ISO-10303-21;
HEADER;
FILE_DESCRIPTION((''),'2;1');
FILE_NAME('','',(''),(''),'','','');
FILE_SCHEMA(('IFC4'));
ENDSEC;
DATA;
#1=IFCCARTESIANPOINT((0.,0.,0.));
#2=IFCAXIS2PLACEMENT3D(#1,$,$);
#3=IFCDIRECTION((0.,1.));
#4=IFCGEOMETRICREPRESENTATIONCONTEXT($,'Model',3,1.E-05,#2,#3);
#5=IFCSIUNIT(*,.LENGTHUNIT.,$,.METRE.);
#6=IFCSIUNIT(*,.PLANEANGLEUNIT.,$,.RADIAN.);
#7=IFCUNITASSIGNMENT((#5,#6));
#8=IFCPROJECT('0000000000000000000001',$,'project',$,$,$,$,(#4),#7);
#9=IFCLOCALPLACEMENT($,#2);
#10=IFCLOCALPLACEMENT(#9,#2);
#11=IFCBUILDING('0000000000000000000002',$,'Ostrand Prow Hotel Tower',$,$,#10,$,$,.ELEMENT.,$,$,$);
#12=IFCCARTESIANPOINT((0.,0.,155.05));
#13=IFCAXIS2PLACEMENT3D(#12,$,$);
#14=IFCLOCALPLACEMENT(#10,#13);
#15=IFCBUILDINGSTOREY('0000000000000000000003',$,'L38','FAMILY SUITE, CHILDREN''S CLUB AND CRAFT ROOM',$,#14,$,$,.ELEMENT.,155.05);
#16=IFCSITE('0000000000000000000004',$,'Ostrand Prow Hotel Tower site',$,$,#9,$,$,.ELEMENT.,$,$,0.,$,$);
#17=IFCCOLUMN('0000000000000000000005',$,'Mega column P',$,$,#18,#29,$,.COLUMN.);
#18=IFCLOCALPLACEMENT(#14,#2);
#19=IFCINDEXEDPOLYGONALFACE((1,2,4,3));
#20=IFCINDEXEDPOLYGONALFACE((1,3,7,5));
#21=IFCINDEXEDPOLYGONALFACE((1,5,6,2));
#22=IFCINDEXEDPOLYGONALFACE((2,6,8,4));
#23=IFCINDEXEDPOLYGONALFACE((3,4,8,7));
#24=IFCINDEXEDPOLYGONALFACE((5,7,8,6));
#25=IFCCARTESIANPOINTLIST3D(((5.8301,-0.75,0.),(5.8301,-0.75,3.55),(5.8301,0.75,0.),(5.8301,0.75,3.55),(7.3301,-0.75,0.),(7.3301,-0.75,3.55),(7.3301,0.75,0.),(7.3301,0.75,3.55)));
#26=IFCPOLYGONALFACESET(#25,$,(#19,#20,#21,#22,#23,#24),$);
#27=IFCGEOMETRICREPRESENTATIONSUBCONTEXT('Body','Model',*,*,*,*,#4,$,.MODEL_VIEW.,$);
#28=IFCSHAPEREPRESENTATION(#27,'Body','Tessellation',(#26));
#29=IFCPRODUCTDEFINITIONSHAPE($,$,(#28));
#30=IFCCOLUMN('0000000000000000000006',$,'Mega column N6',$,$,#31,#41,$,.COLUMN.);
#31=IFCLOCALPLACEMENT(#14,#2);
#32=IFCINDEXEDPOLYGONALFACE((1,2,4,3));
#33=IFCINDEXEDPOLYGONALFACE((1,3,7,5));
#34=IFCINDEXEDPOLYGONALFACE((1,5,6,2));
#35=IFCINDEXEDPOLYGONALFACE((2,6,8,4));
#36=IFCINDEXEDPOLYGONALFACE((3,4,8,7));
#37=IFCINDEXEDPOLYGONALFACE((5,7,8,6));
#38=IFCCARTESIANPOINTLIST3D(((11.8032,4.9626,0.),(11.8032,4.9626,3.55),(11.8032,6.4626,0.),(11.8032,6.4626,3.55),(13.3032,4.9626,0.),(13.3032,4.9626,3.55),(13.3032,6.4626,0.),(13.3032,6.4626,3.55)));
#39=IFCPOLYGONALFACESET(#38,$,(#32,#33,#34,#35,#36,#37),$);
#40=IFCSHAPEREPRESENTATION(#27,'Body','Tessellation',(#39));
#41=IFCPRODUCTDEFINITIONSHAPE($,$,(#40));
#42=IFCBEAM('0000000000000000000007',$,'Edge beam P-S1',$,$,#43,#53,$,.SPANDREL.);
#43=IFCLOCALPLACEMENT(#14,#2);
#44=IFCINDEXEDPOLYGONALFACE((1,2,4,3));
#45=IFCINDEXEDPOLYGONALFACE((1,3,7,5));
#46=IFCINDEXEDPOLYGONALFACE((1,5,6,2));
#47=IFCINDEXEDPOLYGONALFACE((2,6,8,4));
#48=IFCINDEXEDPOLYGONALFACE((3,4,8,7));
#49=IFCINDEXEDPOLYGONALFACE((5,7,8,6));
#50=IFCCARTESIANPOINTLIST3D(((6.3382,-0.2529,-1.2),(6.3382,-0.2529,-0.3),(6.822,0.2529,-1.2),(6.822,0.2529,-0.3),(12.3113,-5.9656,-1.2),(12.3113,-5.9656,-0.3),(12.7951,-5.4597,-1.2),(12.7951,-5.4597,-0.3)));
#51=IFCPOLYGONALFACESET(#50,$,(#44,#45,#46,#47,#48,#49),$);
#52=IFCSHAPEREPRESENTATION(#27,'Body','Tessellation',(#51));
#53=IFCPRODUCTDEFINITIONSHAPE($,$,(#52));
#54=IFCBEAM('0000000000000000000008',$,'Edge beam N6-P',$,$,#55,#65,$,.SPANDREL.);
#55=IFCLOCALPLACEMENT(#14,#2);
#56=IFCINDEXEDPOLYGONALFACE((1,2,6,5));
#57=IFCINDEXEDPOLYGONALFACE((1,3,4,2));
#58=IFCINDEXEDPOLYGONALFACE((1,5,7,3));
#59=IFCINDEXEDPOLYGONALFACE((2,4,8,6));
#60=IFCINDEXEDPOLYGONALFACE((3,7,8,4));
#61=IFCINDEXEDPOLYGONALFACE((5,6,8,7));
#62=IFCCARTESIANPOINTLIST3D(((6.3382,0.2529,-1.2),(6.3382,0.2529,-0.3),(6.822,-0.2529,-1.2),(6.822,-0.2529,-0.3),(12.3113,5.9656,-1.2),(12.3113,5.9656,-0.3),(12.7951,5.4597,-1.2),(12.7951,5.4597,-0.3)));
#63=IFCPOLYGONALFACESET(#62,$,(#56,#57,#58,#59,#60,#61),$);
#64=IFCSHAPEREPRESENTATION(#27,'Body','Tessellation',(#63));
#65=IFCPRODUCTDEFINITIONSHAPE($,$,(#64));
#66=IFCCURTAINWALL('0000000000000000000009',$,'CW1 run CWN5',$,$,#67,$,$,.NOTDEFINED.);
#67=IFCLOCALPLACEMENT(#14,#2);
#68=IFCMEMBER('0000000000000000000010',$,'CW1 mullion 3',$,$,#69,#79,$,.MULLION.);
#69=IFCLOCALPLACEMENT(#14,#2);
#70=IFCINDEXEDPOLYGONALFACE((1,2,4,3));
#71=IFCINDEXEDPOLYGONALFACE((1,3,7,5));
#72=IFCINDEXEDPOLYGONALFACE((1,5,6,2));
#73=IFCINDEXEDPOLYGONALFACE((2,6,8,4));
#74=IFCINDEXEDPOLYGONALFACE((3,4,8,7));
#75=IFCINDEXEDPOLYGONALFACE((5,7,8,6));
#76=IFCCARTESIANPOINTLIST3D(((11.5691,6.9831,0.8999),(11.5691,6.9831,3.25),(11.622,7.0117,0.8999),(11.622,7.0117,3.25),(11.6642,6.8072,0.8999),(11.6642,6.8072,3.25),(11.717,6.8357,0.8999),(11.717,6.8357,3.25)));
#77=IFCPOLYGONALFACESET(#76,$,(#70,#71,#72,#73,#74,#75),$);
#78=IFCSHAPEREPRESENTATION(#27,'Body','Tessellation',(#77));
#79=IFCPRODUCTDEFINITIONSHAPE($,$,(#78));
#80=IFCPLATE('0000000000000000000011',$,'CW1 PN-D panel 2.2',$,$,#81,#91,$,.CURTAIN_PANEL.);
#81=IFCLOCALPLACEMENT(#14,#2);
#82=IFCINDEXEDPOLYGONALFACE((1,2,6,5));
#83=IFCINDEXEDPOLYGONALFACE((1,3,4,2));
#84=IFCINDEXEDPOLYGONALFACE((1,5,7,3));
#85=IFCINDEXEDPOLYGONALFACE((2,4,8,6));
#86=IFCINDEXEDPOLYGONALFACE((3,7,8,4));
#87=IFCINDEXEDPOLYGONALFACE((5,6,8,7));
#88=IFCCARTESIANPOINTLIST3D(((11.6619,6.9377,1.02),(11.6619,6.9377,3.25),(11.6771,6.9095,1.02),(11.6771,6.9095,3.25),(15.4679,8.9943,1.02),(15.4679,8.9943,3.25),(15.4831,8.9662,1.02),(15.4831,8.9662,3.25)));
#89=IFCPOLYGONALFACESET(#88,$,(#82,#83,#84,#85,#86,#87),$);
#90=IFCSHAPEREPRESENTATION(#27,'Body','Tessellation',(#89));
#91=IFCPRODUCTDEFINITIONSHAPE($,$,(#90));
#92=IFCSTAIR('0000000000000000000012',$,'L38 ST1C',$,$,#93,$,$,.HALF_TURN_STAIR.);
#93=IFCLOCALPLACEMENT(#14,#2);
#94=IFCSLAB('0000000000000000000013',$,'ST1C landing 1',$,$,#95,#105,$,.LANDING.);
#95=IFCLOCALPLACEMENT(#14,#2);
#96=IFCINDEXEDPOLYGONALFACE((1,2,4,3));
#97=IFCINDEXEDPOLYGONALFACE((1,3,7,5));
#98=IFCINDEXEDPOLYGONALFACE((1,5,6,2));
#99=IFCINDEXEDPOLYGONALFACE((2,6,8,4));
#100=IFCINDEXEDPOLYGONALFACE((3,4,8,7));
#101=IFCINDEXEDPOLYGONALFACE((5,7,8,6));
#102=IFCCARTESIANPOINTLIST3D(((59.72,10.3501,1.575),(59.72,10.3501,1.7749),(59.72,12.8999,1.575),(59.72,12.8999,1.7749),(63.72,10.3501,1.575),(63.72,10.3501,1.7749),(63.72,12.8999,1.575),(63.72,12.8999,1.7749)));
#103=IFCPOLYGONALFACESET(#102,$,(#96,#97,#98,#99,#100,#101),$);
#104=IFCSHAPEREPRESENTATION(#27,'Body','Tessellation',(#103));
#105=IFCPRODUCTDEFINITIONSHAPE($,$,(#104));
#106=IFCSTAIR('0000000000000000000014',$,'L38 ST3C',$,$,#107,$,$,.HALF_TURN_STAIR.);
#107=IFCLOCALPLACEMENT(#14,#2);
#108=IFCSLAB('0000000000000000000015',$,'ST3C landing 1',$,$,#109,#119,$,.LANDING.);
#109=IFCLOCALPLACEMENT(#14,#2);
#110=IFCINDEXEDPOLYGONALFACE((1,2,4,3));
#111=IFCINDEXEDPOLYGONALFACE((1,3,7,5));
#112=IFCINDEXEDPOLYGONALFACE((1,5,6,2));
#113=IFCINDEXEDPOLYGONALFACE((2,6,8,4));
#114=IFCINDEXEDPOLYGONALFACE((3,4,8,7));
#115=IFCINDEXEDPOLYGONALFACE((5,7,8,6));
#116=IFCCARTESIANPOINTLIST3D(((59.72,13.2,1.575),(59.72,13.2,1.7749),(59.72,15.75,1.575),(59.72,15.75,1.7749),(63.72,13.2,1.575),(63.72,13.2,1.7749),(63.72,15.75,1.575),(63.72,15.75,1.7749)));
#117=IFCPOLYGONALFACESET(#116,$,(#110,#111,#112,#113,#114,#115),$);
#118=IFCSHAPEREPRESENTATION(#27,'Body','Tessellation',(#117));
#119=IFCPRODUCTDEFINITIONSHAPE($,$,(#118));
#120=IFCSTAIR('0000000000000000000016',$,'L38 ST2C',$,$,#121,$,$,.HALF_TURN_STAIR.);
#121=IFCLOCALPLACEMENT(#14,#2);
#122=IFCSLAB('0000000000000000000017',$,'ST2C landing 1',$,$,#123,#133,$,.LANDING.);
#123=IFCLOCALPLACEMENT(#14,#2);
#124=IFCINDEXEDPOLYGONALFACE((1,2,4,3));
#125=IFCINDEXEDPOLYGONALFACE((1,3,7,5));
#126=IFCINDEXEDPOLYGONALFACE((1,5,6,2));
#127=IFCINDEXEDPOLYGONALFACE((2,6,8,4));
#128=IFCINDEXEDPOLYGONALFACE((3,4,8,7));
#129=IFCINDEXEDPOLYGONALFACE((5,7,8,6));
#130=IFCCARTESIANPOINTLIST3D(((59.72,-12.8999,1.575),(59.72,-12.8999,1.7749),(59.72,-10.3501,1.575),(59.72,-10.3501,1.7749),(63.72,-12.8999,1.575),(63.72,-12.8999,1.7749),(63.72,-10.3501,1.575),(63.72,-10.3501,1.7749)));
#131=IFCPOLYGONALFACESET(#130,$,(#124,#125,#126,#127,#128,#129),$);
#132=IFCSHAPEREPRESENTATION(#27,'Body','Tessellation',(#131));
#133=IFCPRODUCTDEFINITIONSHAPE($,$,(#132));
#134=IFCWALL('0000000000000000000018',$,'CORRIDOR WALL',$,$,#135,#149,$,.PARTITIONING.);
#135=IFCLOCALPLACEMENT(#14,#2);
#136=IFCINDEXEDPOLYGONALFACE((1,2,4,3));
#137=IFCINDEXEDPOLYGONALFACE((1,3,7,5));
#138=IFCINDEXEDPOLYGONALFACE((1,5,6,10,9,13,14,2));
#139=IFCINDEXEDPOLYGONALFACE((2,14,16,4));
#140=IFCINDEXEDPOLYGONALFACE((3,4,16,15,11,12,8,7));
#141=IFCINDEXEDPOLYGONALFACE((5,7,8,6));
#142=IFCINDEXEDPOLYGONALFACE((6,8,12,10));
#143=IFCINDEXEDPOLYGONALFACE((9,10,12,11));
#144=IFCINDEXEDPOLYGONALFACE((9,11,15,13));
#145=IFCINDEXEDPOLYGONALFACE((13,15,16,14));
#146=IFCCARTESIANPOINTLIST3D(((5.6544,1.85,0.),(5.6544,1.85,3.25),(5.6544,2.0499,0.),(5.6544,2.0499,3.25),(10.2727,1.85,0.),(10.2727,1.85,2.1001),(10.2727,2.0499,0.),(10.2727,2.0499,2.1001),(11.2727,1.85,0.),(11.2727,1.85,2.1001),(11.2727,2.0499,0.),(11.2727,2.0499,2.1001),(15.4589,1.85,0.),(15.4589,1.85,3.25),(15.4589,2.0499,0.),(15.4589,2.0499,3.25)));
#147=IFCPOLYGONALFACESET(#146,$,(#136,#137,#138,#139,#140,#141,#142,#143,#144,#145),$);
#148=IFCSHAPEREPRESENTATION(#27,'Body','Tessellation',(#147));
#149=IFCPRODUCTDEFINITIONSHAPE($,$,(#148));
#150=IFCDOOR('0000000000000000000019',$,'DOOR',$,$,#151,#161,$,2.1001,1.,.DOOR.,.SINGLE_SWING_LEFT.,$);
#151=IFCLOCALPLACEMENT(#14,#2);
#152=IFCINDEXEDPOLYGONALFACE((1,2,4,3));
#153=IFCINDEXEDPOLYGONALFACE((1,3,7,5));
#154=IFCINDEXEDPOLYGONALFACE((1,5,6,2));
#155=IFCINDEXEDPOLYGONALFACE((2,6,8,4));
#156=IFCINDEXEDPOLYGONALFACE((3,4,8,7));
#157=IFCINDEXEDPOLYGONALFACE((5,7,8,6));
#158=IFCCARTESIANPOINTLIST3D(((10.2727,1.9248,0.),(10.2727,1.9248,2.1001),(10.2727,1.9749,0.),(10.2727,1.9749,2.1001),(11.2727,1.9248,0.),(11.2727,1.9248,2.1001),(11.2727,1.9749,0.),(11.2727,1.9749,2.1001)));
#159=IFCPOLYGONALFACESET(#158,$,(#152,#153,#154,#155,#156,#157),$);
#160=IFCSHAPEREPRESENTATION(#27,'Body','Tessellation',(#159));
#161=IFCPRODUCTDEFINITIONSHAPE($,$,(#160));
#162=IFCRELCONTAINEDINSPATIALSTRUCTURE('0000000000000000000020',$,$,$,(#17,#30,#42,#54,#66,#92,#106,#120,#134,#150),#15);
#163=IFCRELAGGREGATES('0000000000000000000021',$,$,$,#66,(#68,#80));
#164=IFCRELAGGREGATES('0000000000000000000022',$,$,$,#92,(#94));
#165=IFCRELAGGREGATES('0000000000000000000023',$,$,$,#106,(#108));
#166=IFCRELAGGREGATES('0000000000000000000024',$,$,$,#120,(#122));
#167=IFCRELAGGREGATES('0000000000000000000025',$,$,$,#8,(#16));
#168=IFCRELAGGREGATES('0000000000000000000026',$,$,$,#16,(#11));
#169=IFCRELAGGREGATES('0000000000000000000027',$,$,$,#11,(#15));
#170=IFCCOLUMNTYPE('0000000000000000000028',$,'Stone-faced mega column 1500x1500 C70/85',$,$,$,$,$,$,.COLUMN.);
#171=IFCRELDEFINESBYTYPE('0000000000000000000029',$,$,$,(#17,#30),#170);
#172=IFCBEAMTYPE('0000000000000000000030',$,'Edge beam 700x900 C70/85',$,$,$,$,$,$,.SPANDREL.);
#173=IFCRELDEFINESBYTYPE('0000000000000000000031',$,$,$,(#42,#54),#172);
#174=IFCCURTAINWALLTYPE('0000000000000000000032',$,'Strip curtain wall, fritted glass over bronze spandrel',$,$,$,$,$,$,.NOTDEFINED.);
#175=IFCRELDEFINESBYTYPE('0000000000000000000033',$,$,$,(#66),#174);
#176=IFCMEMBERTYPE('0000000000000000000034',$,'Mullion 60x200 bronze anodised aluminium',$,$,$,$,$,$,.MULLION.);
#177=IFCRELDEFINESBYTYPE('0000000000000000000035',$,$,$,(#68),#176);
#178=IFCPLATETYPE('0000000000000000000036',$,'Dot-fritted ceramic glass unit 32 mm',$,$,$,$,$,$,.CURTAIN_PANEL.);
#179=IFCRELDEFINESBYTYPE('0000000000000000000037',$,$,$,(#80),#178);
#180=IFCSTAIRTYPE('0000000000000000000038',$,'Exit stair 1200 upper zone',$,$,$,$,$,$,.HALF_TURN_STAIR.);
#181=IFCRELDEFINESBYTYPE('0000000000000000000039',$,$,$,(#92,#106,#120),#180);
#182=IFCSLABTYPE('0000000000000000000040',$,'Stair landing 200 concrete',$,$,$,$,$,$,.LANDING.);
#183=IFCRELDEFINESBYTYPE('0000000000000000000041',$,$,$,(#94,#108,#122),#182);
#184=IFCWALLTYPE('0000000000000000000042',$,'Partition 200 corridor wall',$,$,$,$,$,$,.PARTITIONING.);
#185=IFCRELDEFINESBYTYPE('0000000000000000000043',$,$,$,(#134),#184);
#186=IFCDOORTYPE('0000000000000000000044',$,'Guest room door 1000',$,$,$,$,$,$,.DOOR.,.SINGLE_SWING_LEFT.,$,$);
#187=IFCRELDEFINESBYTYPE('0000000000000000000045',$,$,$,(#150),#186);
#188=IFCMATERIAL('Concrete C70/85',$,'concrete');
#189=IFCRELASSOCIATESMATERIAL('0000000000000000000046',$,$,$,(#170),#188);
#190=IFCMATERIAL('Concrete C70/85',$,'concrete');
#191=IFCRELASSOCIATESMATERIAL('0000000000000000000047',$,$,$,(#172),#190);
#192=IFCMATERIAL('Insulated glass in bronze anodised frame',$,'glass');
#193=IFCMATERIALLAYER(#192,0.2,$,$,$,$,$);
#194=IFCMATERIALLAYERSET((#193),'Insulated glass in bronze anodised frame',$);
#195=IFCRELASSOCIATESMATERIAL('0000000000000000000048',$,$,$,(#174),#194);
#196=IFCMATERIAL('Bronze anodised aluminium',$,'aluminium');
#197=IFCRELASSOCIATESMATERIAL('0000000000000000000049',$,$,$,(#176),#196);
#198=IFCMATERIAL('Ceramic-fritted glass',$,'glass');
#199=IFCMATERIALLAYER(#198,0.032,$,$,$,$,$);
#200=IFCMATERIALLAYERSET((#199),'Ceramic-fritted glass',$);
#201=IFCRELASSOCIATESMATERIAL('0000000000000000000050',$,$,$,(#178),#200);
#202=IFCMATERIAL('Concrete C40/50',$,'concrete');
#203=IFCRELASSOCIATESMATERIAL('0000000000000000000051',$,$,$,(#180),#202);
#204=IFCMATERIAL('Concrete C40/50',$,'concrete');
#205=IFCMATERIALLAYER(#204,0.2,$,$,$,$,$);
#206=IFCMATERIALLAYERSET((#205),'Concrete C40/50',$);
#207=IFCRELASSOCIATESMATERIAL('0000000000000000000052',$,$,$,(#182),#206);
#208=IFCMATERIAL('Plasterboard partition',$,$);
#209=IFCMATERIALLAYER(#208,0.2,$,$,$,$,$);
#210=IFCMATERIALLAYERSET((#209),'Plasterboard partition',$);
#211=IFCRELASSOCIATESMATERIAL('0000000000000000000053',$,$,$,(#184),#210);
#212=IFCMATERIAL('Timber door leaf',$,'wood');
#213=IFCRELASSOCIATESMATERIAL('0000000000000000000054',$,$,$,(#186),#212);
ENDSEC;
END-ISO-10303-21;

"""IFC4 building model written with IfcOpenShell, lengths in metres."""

from ifc_helpers import new_model, si_unit, direction, frame, frame_2d, origin, origin_2d, place, context, subcontext, project, spatial, polyline, rectangle, outline, extrude, material, layer, layer_set, material_profile, profile_set, type_object, element, fill, aggregate, save


model = new_model("IFC4")

# Units and contexts
model_context = context("Model", 3, precision=1e-05, world=origin(), true_north=direction((0.0, 1.0)))
body_context = subcontext(model_context, "Body", "Model", "MODEL_VIEW")
ifc_project = project(units=[si_unit("LENGTHUNIT", "METRE"), si_unit("PLANEANGLEUNIT", "RADIAN")], contexts=[model_context])

# Site, building, storey
site_placement = place(None, origin())
site = spatial("IfcSite", under=ifc_project, at=site_placement, Name="Ostrand Prow Hotel Tower site", CompositionType="ELEMENT", RefElevation=0.0)
building_placement = place(site_placement, origin())
building = spatial("IfcBuilding", under=site, at=building_placement, Name="Ostrand Prow Hotel Tower", CompositionType="ELEMENT")
storey_placement = place(building_placement, frame((0.0, 0.0, 155.05)))
storey = spatial("IfcBuildingStorey", under=building, at=storey_placement, Name="L38", Description="FAMILY SUITE, CHILDREN'S CLUB AND CRAFT ROOM", CompositionType="ELEMENT", Elevation=155.05)

# Columns
ifc_material_1 = material(Name="Concrete C70/85", Category="concrete")
ifc_material_profile_1 = material_profile(ifc_material_1, rectangle(XDim=1.5, YDim=1.5, at=origin_2d()), Name="RC 1500x1500")
ifc_profile_set_1 = profile_set([ifc_material_profile_1], Name="Concrete C70/85")
column_type = type_object("IfcColumnType", Name="Stone-faced mega column 1500x1500 C70/85", PredefinedType="COLUMN", material=ifc_profile_set_1)
for number, where, z_axis, x_axis, name in (
    (1, (6.5801, 0.0, 0.0), (0.0, 0.0, 1.0), (1.0, 0.0, 0.0), "Mega column P"),
    (2, (12.5532, 5.7126, 0.0), (0.0, 0.0, 1.0), (1.0, 0.0, 0.0), "Mega column N6"),
):
    element("IfcColumn", number, at=place(storey_placement, frame(where, z_axis=z_axis, x_axis=x_axis)), inside=storey, type_object=column_type, Name=name, PredefinedType="COLUMN", context=body_context, shape_type="SweptSolid", body=[
        extrude(rectangle(XDim=1.5, YDim=1.5, at=origin_2d()), origin(), (0.0, 0.0, 1.0), 3.55),
    ])

# Beams
ifc_material_2 = material(Name="Concrete C70/85", Category="concrete")
ifc_material_profile_2 = material_profile(ifc_material_2, rectangle(XDim=0.7, YDim=0.8999, at=origin_2d()), Name="RC 700x900")
ifc_profile_set_2 = profile_set([ifc_material_profile_2], Name="Concrete C70/85")
beam_type = type_object("IfcBeamType", Name="Edge beam 700x900 C70/85", PredefinedType="SPANDREL", material=ifc_profile_set_2)
for number, where, z_axis, x_axis, name in (
    (3, (6.5801, 0.0, -0.75), (0.72269, -0.691172, 0.0), (0.691172, 0.72269, 0.0), "Edge beam P-S1"),
    (4, (12.5532, 5.7126, -0.75), (-0.72269, -0.691172, 0.0), (0.691172, -0.72269, 0.0), "Edge beam N6-P"),
):
    element("IfcBeam", number, at=place(storey_placement, frame(where, z_axis=z_axis, x_axis=x_axis)), inside=storey, type_object=beam_type, Name=name, PredefinedType="SPANDREL", context=body_context, shape_type="SweptSolid", body=[
        extrude(rectangle(XDim=0.7, YDim=0.8999, at=origin_2d()), origin(), (0.0, 0.0, 1.0), 8.2651),
    ])

# Curtain wall, member, plate
ifc_material_3 = material(Name="Insulated glass in bronze anodised frame", Category="glass")
ifc_layer_1 = layer(ifc_material_3, 0.2)
ifc_layer_set_1 = layer_set([ifc_layer_1], Name="Insulated glass in bronze anodised frame")
curtain_wall_type = type_object("IfcCurtainWallType", Name="Strip curtain wall, fritted glass over bronze spandrel", PredefinedType="NOTDEFINED", material=ifc_layer_set_1)
curtain_wall_placement = place(storey_placement, origin())
curtain_wall = element("IfcCurtainWall", 5, at=curtain_wall_placement, inside=storey, type_object=curtain_wall_type, Name="CW1 run CWN5", PredefinedType="NOTDEFINED")
ifc_material_4 = material(Name="Bronze anodised aluminium", Category="aluminium")
ifc_material_profile_3 = material_profile(ifc_material_4, rectangle(XDim=0.2, YDim=0.0601, at=origin_2d()), Name="Mullion 60x200 bronze anodised aluminium")
ifc_profile_set_3 = profile_set([ifc_material_profile_3], Name="Bronze anodised aluminium")
member_type = type_object("IfcMemberType", Name="Mullion 60x200 bronze anodised aluminium", PredefinedType="MULLION", material=ifc_profile_set_3)
member_placement = place(storey_placement, frame((11.6431, 6.9094, 0.8999), z_axis=(0.0, 0.0, 1.0), x_axis=(0.475394, -0.879773, 0.0)))
member = element("IfcMember", 6, at=member_placement, type_object=member_type, Name="CW1 mullion 3", PredefinedType="MULLION", context=body_context, shape_type="SweptSolid", body=[
    extrude(rectangle(XDim=0.2, YDim=0.0601, at=origin_2d()), origin(), (0.0, 0.0, 1.0), 2.3501),
])
ifc_material_5 = material(Name="Ceramic-fritted glass", Category="glass")
ifc_layer_2 = layer(ifc_material_5, 0.032)
ifc_layer_set_2 = layer_set([ifc_layer_2], Name="Ceramic-fritted glass")
plate_type = type_object("IfcPlateType", Name="Dot-fritted ceramic glass unit 32 mm", PredefinedType="CURTAIN_PANEL", material=ifc_layer_set_2)
plate_placement = place(storey_placement, frame((13.5725, 7.9519, 1.02), z_axis=(0.0, 0.0, 1.0), x_axis=(-0.879773, -0.475394, 0.0)))
plate = element("IfcPlate", 7, at=plate_placement, type_object=plate_type, Name="CW1 PN-D panel 2.2", PredefinedType="CURTAIN_PANEL", context=body_context, shape_type="SweptSolid", body=[
    extrude(rectangle(XDim=4.3262, YDim=0.032, at=origin_2d()), origin(), (0.0, 0.0, 1.0), 2.23),
])
aggregate(curtain_wall, [member, plate])

# Stairs, slabs
ifc_material_6 = material(Name="Concrete C40/50", Category="concrete")
stair_type = type_object("IfcStairType", Name="Exit stair 1200 upper zone", PredefinedType="HALF_TURN_STAIR", material=ifc_material_6)
stair_1_placement = place(storey_placement, origin())
stair_1 = element("IfcStair", 8, at=stair_1_placement, inside=storey, type_object=stair_type, Name="L38 ST1C", PredefinedType="HALF_TURN_STAIR")
ifc_material_7 = material(Name="Concrete C40/50", Category="concrete")
ifc_layer_3 = layer(ifc_material_7, 0.2)
ifc_layer_set_3 = layer_set([ifc_layer_3], Name="Concrete C40/50")
slab_type = type_object("IfcSlabType", Name="Stair landing 200 concrete", PredefinedType="LANDING", material=ifc_layer_set_3)
slab_1_placement = place(storey_placement, frame((0.0, 0.0, 1.575)))
slab_1 = element("IfcSlab", 9, at=slab_1_placement, type_object=slab_type, Name="ST1C landing 1", PredefinedType="LANDING", context=body_context, shape_type="SweptSolid", body=[
    extrude(outline(polyline([(59.72, 10.3501), (63.72, 10.3501), (63.72, 12.8999), (59.72, 12.8999), (59.72, 10.3501)])), origin(), (0.0, 0.0, 1.0), 0.2),
])
aggregate(stair_1, [slab_1])
stair_2_placement = place(storey_placement, origin())
stair_2 = element("IfcStair", 10, at=stair_2_placement, inside=storey, type_object=stair_type, Name="L38 ST3C", PredefinedType="HALF_TURN_STAIR")
slab_2_placement = place(storey_placement, frame((0.0, 0.0, 1.575)))
slab_2 = element("IfcSlab", 11, at=slab_2_placement, type_object=slab_type, Name="ST3C landing 1", PredefinedType="LANDING", context=body_context, shape_type="SweptSolid", body=[
    extrude(outline(polyline([(59.72, 13.2), (63.72, 13.2), (63.72, 15.75), (59.72, 15.75), (59.72, 13.2)])), origin(), (0.0, 0.0, 1.0), 0.2),
])
aggregate(stair_2, [slab_2])
stair_3_placement = place(storey_placement, origin())
stair_3 = element("IfcStair", 12, at=stair_3_placement, inside=storey, type_object=stair_type, Name="L38 ST2C", PredefinedType="HALF_TURN_STAIR")
slab_3_placement = place(storey_placement, frame((0.0, 0.0, 1.575)))
slab_3 = element("IfcSlab", 13, at=slab_3_placement, type_object=slab_type, Name="ST2C landing 1", PredefinedType="LANDING", context=body_context, shape_type="SweptSolid", body=[
    extrude(outline(polyline([(59.72, -12.8999), (63.72, -12.8999), (63.72, -10.3501), (59.72, -10.3501), (59.72, -12.8999)])), origin(), (0.0, 0.0, 1.0), 0.2),
])
aggregate(stair_3, [slab_3])

# Wall, opening, door
ifc_material_8 = material(Name="Plasterboard partition")
ifc_layer_4 = layer(ifc_material_8, 0.2)
ifc_layer_set_4 = layer_set([ifc_layer_4], Name="Plasterboard partition")
wall_type_1 = type_object("IfcWallType", Name="Partition 200 corridor wall", PredefinedType="PARTITIONING", material=ifc_layer_set_4)
wall_1_placement = place(storey_placement, frame((5.6543, 1.95, 0.0), z_axis=(0.0, 0.0, 1.0), x_axis=(1.0, 0.0, 0.0)))
wall_1 = element("IfcWall", 14, at=wall_1_placement, inside=storey, type_object=wall_type_1, Name="CORRIDOR WALL", PredefinedType="PARTITIONING", context=body_context, shape_type="SweptSolid", body=[
    extrude(rectangle(XDim=9.8044, YDim=0.2, at=frame_2d((4.9023, 0.0))), origin(), (0.0, 0.0, 1.0), 3.25),
])
opening_1_placement = place(wall_1_placement, frame((4.6184, 0.0, 0.0)))
opening_1 = element("IfcOpeningElement", 15, at=opening_1_placement, cuts=wall_1, PredefinedType="OPENING", context=body_context, shape_type="SweptSolid", body=[
    extrude(rectangle(XDim=1.0, YDim=2.1001, at=frame_2d((0.5, 1.05))), frame((0.0, 0.1099, 0.0), z_axis=(0.0, -1.0, 0.0), x_axis=(1.0, 0.0, 0.0)), (0.0, 0.0, 1.0), 0.22),
])
ifc_material_9 = material(Name="Timber door leaf", Category="wood")
door_type = type_object("IfcDoorType", Name="Guest room door 1000", OperationType="SINGLE_SWING_LEFT", PredefinedType="DOOR", material=ifc_material_9)
door_placement = place(opening_1_placement, origin())
door = element("IfcDoor", 16, at=door_placement, inside=storey, type_object=door_type, Name="DOOR", OperationType="SINGLE_SWING_LEFT", OverallHeight=2.1001, OverallWidth=1.0, PredefinedType="DOOR", context=body_context, shape_type="SweptSolid", body=[
    extrude(rectangle(XDim=1.0, YDim=2.1001, at=frame_2d((0.5, 1.05))), frame((0.0, 0.0249, 0.0), z_axis=(0.0, -1.0, 0.0), x_axis=(1.0, 0.0, 0.0)), (0.0, 0.0, 1.0), 0.05),
])
fill(opening_1, door)

save(model, "model.ifc")
